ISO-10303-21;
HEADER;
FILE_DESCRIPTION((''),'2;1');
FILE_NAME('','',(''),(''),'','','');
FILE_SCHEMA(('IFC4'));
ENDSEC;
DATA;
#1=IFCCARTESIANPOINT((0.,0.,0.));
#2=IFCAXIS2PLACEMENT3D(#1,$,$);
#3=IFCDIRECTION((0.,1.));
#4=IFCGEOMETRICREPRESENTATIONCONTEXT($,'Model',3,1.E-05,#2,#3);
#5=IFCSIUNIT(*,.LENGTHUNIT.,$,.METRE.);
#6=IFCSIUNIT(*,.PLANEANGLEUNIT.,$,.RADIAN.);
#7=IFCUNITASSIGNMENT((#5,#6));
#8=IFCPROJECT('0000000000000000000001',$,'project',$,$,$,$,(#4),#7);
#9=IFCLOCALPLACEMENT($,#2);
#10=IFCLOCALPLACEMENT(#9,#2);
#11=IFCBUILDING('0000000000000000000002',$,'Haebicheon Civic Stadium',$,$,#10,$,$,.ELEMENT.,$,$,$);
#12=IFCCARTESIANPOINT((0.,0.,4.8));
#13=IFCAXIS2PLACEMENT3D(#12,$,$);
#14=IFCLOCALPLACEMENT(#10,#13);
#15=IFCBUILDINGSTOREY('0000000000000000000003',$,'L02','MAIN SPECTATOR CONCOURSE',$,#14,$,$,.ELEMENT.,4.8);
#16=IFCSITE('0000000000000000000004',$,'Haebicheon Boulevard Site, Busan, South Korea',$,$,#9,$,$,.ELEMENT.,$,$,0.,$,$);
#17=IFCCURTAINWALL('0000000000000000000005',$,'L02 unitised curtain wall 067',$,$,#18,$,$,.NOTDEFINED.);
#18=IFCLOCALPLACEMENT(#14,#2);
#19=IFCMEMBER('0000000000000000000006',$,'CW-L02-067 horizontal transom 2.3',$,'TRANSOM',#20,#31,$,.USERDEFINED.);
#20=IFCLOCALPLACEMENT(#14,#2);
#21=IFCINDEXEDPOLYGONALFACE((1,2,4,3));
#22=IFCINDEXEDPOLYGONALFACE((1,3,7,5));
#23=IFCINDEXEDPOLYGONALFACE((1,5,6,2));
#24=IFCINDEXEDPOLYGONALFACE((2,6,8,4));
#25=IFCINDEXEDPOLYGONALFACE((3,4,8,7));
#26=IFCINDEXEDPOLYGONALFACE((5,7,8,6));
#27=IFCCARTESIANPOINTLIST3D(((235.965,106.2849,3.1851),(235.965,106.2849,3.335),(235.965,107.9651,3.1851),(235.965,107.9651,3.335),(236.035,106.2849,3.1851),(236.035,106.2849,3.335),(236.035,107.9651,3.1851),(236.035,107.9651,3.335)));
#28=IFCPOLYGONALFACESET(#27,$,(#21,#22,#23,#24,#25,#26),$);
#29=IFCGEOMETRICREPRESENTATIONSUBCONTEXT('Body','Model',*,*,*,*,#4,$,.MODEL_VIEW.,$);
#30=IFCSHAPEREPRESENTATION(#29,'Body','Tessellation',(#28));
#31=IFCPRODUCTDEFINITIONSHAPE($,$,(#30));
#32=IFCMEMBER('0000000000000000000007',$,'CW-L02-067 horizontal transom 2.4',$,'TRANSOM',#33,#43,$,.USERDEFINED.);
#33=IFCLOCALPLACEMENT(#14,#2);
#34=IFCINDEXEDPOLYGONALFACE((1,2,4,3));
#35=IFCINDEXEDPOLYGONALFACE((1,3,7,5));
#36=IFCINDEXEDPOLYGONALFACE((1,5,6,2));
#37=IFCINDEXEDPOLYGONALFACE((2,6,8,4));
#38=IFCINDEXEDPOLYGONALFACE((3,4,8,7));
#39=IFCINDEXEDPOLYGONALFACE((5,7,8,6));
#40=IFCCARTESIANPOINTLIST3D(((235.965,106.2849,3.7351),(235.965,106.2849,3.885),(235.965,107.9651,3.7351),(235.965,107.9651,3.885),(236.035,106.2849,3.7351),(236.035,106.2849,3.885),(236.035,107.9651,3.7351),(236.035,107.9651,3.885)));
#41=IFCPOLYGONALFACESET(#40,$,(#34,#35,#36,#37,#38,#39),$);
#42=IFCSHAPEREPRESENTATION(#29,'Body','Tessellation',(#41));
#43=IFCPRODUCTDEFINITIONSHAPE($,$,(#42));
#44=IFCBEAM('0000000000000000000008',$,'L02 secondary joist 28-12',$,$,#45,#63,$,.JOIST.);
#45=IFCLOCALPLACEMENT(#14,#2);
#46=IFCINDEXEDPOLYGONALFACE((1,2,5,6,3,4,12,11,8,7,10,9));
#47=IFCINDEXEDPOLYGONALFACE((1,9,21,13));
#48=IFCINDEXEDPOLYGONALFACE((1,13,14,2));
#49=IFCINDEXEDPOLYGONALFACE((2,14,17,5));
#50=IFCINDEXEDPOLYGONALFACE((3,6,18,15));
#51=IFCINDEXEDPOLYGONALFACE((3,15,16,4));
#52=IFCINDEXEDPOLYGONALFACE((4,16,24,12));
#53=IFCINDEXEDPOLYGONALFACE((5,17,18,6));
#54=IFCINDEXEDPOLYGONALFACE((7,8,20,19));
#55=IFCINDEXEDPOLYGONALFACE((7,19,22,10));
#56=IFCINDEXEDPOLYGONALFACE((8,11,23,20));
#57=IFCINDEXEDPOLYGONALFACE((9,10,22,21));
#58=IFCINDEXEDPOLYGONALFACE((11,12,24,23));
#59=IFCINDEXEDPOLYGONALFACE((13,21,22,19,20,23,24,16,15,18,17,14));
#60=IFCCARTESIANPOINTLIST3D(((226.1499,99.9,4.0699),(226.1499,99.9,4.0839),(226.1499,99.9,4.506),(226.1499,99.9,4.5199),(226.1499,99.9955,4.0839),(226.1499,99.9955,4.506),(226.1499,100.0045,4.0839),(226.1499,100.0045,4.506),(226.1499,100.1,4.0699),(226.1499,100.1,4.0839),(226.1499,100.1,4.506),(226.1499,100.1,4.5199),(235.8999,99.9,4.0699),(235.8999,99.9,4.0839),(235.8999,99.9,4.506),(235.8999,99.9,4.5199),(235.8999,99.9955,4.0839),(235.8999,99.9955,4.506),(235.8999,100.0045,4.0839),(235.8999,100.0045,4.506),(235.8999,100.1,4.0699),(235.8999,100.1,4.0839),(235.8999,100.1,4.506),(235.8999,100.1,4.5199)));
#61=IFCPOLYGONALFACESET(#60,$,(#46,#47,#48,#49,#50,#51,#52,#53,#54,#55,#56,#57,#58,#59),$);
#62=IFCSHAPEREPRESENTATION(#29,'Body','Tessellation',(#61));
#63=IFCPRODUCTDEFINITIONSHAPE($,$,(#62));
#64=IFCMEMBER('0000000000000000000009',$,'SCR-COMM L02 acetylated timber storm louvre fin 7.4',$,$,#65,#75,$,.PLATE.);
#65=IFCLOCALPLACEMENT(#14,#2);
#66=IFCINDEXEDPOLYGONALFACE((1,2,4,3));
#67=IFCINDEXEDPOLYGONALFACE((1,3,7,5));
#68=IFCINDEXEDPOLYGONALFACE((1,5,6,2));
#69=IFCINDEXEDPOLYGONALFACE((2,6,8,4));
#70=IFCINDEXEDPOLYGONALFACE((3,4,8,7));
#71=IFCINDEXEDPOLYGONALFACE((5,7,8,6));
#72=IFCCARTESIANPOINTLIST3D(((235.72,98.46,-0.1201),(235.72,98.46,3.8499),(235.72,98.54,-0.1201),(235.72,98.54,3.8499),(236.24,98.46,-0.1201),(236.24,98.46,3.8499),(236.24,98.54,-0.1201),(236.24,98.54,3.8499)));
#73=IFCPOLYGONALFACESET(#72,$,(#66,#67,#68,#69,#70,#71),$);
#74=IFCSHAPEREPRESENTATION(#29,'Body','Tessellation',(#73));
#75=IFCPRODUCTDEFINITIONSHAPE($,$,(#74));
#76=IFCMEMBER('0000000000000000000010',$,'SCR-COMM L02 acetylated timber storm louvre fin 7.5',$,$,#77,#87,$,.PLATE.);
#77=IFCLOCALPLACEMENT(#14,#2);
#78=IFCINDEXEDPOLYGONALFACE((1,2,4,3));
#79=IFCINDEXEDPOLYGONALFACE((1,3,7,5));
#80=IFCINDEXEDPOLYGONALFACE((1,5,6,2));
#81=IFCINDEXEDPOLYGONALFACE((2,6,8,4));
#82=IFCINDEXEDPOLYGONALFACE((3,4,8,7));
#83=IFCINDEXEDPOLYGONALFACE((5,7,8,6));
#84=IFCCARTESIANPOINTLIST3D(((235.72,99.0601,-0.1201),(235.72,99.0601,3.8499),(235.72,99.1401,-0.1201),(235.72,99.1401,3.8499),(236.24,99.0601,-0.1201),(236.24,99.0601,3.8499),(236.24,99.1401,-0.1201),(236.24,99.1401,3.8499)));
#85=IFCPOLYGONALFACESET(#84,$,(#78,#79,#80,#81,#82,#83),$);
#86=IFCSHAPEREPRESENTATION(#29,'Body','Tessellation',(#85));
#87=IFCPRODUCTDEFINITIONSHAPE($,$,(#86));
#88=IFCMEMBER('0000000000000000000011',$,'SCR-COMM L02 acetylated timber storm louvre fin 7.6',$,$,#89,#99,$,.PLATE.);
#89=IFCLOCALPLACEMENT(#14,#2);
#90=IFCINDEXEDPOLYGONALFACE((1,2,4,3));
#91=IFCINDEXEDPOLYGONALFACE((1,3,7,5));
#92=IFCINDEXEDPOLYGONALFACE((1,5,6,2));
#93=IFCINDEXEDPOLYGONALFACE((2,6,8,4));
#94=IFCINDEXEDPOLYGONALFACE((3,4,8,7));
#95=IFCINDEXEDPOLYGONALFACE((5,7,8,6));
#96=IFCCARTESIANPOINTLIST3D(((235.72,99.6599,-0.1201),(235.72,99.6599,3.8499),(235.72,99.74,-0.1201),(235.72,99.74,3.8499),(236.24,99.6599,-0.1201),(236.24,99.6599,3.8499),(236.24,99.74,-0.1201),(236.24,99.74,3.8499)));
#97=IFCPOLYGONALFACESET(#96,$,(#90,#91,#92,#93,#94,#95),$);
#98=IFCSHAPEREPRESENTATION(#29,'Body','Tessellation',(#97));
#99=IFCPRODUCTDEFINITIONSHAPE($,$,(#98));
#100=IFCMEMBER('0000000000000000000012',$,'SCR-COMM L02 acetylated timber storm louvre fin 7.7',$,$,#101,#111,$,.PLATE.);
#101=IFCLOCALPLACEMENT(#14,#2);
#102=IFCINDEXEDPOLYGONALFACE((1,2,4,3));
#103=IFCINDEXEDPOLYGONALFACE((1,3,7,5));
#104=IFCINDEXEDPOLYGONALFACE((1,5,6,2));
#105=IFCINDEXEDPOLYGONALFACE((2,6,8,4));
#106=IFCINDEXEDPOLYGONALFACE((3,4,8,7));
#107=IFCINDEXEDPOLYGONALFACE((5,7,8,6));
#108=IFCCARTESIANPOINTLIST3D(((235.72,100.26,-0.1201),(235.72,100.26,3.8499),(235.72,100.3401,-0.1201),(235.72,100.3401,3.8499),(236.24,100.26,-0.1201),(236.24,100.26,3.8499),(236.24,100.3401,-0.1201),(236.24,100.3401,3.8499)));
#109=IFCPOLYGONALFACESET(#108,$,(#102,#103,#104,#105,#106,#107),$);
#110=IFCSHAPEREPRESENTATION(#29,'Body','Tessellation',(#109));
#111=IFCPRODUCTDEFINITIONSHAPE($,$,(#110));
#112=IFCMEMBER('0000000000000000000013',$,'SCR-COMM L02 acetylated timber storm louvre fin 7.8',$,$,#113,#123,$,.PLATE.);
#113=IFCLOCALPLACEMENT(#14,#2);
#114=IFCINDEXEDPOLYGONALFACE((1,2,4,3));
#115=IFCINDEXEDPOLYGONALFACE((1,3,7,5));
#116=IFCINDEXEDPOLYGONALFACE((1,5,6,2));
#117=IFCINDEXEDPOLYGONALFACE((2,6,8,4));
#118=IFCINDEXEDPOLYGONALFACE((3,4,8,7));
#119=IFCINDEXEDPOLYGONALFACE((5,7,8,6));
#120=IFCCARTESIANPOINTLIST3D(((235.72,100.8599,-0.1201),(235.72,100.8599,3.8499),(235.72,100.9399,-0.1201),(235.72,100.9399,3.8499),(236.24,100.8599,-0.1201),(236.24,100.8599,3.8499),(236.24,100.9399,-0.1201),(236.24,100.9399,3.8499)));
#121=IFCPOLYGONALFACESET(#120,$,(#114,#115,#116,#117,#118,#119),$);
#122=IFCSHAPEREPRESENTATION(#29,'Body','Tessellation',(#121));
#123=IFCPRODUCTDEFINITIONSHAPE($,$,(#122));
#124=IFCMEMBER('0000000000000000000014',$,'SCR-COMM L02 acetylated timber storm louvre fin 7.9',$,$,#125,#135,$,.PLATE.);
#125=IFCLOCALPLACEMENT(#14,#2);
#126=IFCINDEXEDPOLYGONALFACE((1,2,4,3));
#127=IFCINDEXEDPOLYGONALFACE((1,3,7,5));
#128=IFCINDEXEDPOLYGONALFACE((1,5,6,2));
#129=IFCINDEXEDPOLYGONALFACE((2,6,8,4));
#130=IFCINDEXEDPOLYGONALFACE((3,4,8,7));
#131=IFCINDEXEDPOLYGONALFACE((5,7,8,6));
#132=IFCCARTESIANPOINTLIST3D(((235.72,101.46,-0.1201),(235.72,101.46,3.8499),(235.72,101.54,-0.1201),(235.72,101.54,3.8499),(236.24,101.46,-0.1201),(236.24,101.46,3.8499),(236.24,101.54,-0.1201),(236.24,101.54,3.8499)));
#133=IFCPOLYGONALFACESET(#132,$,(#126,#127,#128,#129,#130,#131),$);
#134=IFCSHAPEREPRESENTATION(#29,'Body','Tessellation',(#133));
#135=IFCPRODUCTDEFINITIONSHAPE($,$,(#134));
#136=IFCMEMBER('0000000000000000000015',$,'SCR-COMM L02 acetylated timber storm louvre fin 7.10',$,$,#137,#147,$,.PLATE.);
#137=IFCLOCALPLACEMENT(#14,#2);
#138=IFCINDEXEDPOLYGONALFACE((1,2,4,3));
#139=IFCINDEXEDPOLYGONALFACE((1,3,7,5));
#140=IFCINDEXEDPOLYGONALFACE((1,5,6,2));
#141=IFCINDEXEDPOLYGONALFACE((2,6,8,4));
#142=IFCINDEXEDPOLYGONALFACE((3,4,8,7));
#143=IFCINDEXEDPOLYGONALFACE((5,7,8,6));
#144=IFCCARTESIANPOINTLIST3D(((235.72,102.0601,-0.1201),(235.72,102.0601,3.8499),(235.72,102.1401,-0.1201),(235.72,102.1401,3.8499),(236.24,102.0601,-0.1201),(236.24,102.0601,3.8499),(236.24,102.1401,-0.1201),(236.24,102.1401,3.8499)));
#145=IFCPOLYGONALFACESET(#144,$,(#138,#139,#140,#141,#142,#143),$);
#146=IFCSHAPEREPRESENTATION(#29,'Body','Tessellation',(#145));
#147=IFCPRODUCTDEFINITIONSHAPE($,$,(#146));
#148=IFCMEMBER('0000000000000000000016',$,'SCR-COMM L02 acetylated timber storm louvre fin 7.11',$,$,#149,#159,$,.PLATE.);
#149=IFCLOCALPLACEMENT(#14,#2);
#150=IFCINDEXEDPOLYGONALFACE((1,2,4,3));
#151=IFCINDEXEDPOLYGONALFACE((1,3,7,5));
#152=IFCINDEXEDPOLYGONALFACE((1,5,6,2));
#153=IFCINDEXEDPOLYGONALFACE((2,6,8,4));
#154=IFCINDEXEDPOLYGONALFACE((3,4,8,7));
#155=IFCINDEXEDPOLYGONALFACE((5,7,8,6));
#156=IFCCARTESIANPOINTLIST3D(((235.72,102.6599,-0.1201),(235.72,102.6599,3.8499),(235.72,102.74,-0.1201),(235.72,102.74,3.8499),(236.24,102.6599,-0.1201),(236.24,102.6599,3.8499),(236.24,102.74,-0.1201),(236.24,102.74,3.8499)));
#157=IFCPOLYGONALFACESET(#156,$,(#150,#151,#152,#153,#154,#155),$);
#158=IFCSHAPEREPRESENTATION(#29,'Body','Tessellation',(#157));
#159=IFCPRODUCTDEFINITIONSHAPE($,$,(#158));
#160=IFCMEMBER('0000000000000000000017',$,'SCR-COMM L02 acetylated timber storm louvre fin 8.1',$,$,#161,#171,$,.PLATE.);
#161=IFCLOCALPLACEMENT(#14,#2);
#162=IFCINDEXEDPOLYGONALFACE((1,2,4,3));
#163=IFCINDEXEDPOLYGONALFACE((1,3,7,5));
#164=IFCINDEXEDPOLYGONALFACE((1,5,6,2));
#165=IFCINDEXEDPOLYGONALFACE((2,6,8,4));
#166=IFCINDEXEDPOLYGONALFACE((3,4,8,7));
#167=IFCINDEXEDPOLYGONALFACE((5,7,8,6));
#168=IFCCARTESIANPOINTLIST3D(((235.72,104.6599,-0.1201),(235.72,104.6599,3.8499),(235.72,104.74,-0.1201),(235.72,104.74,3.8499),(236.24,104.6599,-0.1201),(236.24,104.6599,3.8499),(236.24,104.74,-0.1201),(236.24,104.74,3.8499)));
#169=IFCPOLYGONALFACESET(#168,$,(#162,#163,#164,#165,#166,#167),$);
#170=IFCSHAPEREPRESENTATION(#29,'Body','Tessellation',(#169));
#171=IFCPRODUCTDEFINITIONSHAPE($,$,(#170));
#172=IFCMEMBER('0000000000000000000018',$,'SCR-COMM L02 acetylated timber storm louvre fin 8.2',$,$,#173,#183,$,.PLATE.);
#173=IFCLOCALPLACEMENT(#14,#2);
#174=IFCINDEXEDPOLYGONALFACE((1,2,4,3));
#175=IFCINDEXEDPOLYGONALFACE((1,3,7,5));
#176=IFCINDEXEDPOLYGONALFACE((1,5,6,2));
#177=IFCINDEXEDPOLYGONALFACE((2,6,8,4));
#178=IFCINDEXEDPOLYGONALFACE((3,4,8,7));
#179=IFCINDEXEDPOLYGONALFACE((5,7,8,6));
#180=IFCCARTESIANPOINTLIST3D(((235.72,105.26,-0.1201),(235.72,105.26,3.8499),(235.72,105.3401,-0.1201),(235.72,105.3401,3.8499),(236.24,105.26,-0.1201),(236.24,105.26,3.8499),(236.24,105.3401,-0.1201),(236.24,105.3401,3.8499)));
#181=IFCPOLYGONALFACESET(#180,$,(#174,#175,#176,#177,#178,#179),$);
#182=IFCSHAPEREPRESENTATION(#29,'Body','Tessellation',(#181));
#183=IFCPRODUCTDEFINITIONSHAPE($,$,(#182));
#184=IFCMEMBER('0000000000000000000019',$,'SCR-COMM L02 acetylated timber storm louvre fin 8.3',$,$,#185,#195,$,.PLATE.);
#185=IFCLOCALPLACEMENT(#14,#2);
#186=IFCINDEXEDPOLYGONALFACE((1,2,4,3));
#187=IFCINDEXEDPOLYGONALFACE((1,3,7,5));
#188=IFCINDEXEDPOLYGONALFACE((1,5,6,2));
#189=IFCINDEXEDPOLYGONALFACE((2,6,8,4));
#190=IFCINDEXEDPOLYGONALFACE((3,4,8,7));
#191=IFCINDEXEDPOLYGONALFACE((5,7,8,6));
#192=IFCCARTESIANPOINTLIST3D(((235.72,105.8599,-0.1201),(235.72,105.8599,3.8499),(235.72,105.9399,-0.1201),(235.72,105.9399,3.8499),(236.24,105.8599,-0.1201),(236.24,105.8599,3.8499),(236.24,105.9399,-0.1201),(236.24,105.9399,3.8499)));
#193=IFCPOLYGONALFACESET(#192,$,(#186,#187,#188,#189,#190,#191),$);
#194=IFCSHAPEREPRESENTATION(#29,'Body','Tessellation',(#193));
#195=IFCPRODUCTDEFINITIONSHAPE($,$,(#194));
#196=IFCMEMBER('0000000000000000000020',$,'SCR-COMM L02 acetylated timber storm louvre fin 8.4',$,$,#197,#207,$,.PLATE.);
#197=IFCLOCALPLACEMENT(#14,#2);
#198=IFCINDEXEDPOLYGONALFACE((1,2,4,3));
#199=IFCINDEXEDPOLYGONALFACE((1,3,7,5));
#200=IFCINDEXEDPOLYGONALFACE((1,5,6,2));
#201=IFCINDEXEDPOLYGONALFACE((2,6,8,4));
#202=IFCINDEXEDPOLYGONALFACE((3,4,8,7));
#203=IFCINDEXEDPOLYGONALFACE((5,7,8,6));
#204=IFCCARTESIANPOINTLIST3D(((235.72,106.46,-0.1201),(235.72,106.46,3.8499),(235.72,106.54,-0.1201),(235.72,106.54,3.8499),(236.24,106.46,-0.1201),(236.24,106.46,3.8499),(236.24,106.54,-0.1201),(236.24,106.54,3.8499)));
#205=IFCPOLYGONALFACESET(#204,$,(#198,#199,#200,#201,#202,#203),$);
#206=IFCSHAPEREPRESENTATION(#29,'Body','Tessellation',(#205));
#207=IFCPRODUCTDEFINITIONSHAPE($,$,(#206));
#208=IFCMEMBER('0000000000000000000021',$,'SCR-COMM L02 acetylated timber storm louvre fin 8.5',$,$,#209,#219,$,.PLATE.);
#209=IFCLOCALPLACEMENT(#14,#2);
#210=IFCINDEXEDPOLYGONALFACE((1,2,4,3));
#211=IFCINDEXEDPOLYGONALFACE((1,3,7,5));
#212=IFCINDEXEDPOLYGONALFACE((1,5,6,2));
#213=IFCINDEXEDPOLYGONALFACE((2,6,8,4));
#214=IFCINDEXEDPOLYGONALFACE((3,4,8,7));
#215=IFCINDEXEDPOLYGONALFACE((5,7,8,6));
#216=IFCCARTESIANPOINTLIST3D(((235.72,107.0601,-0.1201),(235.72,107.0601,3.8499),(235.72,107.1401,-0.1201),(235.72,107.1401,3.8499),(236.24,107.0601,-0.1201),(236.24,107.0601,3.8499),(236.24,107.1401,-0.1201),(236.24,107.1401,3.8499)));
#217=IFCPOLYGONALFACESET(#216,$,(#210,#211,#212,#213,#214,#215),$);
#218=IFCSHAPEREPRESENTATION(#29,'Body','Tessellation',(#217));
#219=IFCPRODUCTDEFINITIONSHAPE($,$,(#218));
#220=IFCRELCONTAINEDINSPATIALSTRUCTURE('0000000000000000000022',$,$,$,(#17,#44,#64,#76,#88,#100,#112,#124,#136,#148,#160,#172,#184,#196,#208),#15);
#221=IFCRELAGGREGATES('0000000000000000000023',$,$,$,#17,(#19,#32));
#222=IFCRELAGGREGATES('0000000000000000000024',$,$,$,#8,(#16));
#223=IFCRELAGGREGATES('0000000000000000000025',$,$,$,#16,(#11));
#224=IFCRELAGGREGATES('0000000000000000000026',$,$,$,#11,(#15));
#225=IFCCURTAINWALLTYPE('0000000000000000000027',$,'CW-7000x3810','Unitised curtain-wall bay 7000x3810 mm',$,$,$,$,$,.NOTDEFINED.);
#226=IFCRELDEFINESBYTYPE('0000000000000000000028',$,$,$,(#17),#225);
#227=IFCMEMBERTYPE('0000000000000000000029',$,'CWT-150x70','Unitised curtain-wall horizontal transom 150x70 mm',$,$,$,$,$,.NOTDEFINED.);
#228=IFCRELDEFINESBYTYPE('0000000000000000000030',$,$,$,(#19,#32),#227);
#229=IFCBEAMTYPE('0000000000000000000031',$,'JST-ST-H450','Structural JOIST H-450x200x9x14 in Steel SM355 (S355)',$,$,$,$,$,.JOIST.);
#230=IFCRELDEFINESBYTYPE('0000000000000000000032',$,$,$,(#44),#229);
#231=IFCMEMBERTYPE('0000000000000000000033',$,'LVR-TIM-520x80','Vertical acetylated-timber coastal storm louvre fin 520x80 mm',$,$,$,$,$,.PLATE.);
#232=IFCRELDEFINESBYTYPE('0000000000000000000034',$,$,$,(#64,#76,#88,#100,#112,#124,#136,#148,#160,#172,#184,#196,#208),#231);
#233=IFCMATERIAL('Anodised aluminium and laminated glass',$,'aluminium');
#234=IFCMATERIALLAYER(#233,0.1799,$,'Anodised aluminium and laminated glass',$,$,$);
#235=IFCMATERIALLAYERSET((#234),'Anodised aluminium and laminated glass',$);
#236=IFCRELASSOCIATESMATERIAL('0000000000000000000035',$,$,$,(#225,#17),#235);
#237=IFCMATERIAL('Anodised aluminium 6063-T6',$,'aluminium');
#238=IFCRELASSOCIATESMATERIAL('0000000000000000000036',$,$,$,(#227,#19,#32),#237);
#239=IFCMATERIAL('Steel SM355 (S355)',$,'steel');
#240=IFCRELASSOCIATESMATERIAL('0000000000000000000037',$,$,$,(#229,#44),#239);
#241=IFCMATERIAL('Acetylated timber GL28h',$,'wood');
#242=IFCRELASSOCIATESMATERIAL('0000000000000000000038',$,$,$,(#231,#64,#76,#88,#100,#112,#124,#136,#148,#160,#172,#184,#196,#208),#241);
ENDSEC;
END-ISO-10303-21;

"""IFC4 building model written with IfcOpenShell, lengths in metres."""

from ifc_helpers import new_model, si_unit, direction, frame, origin, origin_2d, place, context, subcontext, project, spatial, rectangle, i_section, extrude, material, layer, layer_set, material_profile, profile_set, type_object, element, aggregate, save


model = new_model("IFC4")

# Units and contexts
model_context = context("Model", 3, precision=1e-05, world=origin(), true_north=direction((0.0, 1.0)))
body_context = subcontext(model_context, "Body", "Model", "MODEL_VIEW")
ifc_project = project(units=[si_unit("LENGTHUNIT", "METRE"), si_unit("PLANEANGLEUNIT", "RADIAN")], contexts=[model_context])

# Site, building, storey
site_placement = place(None, origin())
site = spatial("IfcSite", under=ifc_project, at=site_placement, Name="Haebicheon Boulevard Site, Busan, South Korea", CompositionType="ELEMENT", RefElevation=0.0)
building_placement = place(site_placement, origin())
building = spatial("IfcBuilding", under=site, at=building_placement, Name="Haebicheon Civic Stadium", CompositionType="ELEMENT")
storey_placement = place(building_placement, frame((0.0, 0.0, 4.8)))
storey = spatial("IfcBuildingStorey", under=building, at=storey_placement, Name="L02", Description="MAIN SPECTATOR CONCOURSE", CompositionType="ELEMENT", Elevation=4.8)

# Curtain wall, members
ifc_material_1 = material(Name="Anodised aluminium and laminated glass", Category="aluminium")
ifc_layer_1 = layer(ifc_material_1, 0.1799, Name="Anodised aluminium and laminated glass")
ifc_layer_set_1 = layer_set([ifc_layer_1], Name="Anodised aluminium and laminated glass")
curtain_wall_type = type_object("IfcCurtainWallType", Name="CW-7000x3810", Description="Unitised curtain-wall bay 7000x3810 mm", PredefinedType="NOTDEFINED", material=ifc_layer_set_1)
curtain_wall_placement = place(storey_placement, origin())
curtain_wall = element("IfcCurtainWall", 1, at=curtain_wall_placement, inside=storey, type_object=curtain_wall_type, material=ifc_layer_set_1, Name="L02 unitised curtain wall 067", PredefinedType="NOTDEFINED")
ifc_material_2 = material(Name="Anodised aluminium 6063-T6", Category="aluminium")
ifc_material_profile_1 = material_profile(ifc_material_2, rectangle(XDim=0.0701, YDim=0.1499, at=origin_2d()), Name="ALU-TRAN-70x150")
ifc_profile_set_1 = profile_set([ifc_material_profile_1], Name="Anodised aluminium 6063-T6")
member_type_1 = type_object("IfcMemberType", Name="CWT-150x70", Description="Unitised curtain-wall horizontal transom 150x70 mm", PredefinedType="NOTDEFINED", material=ifc_profile_set_1)
member_1_placement = place(storey_placement, frame((236.0, 106.2849, 3.26), z_axis=(0.0, 1.0, 0.0), x_axis=(-1.0, 0.0, 0.0)))
member_1 = element("IfcMember", 2, at=member_1_placement, type_object=member_type_1, material=ifc_profile_set_1, Name="CW-L02-067 horizontal transom 2.3", ObjectType="TRANSOM", PredefinedType="USERDEFINED", context=body_context, shape_type="SweptSolid", body=[
    extrude(rectangle(XDim=0.0701, YDim=0.1499, at=origin_2d()), origin(), (0.0, 0.0, 1.0), 1.6802),
])
member_2_placement = place(storey_placement, frame((236.0, 106.2849, 3.8101), z_axis=(0.0, 1.0, 0.0), x_axis=(-1.0, 0.0, 0.0)))
member_2 = element("IfcMember", 3, at=member_2_placement, type_object=member_type_1, material=ifc_profile_set_1, Name="CW-L02-067 horizontal transom 2.4", ObjectType="TRANSOM", PredefinedType="USERDEFINED", context=body_context, shape_type="SweptSolid", body=[
    extrude(rectangle(XDim=0.0701, YDim=0.1499, at=origin_2d()), origin(), (0.0, 0.0, 1.0), 1.6802),
])

# Beam
ifc_material_3 = material(Name="Steel SM355 (S355)", Category="steel")
ifc_material_profile_2 = material_profile(ifc_material_3, i_section(OverallWidth=0.2, OverallDepth=0.45, WebThickness=0.009, FlangeThickness=0.0139, at=origin_2d()), Name="H-450x200x9x14")
ifc_profile_set_2 = profile_set([ifc_material_profile_2], Name="Steel SM355 (S355)")
beam_type_1 = type_object("IfcBeamType", Name="JST-ST-H450", Description="Structural JOIST H-450x200x9x14 in Steel SM355 (S355)", PredefinedType="JOIST", material=ifc_profile_set_2)
beam_1_placement = place(storey_placement, frame((226.1499, 100.0, 4.2949), z_axis=(1.0, 0.0, 0.0), x_axis=(0.0, 1.0, 0.0)))
element("IfcBeam", 4, at=beam_1_placement, inside=storey, type_object=beam_type_1, material=ifc_profile_set_2, Name="L02 secondary joist 28-12", PredefinedType="JOIST", context=body_context, shape_type="SweptSolid", body=[
    extrude(i_section(OverallWidth=0.2, OverallDepth=0.45, WebThickness=0.009, FlangeThickness=0.0139, at=origin_2d()), origin(), (0.0, 0.0, 1.0), 9.75),
])

# Members
ifc_material_4 = material(Name="Acetylated timber GL28h", Category="wood")
ifc_material_profile_3 = material_profile(ifc_material_4, rectangle(XDim=0.0801, YDim=0.52, at=origin_2d()), Name="TMB-LOUV-80x520")
ifc_profile_set_3 = profile_set([ifc_material_profile_3], Name="Acetylated timber GL28h")
member_type_2 = type_object("IfcMemberType", Name="LVR-TIM-520x80", Description="Vertical acetylated-timber coastal storm louvre fin 520x80 mm", PredefinedType="PLATE", material=ifc_profile_set_3)
for number, where, z_axis, x_axis, name in (
    (5, (235.98, 98.5, -0.1201), (0.0, 0.0, 1.0), (0.0, 1.0, 0.0), "SCR-COMM L02 acetylated timber storm louvre fin 7.4"),
    (6, (235.98, 99.1001, -0.1201), (0.0, 0.0, 1.0), (0.0, 1.0, 0.0), "SCR-COMM L02 acetylated timber storm louvre fin 7.5"),
    (7, (235.98, 99.7, -0.1201), (0.0, 0.0, 1.0), (0.0, 1.0, 0.0), "SCR-COMM L02 acetylated timber storm louvre fin 7.6"),
    (8, (235.98, 100.3, -0.1201), (0.0, 0.0, 1.0), (0.0, 1.0, 0.0), "SCR-COMM L02 acetylated timber storm louvre fin 7.7"),
    (9, (235.98, 100.8999, -0.1201), (0.0, 0.0, 1.0), (0.0, 1.0, 0.0), "SCR-COMM L02 acetylated timber storm louvre fin 7.8"),
    (10, (235.98, 101.5, -0.1201), (0.0, 0.0, 1.0), (0.0, 1.0, 0.0), "SCR-COMM L02 acetylated timber storm louvre fin 7.9"),
    (11, (235.98, 102.1001, -0.1201), (0.0, 0.0, 1.0), (0.0, 1.0, 0.0), "SCR-COMM L02 acetylated timber storm louvre fin 7.10"),
    (12, (235.98, 102.7, -0.1201), (0.0, 0.0, 1.0), (0.0, 1.0, 0.0), "SCR-COMM L02 acetylated timber storm louvre fin 7.11"),
    (13, (235.98, 104.7, -0.1201), (0.0, 0.0, 1.0), (0.0, 1.0, 0.0), "SCR-COMM L02 acetylated timber storm louvre fin 8.1"),
    (14, (235.98, 105.3, -0.1201), (0.0, 0.0, 1.0), (0.0, 1.0, 0.0), "SCR-COMM L02 acetylated timber storm louvre fin 8.2"),
    (15, (235.98, 105.8999, -0.1201), (0.0, 0.0, 1.0), (0.0, 1.0, 0.0), "SCR-COMM L02 acetylated timber storm louvre fin 8.3"),
    (16, (235.98, 106.5, -0.1201), (0.0, 0.0, 1.0), (0.0, 1.0, 0.0), "SCR-COMM L02 acetylated timber storm louvre fin 8.4"),
    (17, (235.98, 107.1001, -0.1201), (0.0, 0.0, 1.0), (0.0, 1.0, 0.0), "SCR-COMM L02 acetylated timber storm louvre fin 8.5"),
):
    element("IfcMember", number, at=place(storey_placement, frame(where, z_axis=z_axis, x_axis=x_axis)), inside=storey, type_object=member_type_2, material=ifc_profile_set_3, Name=name, PredefinedType="PLATE", context=body_context, shape_type="SweptSolid", body=[
        extrude(rectangle(XDim=0.0801, YDim=0.52, at=origin_2d()), origin(), (0.0, 0.0, 1.0), 3.97),
    ])

aggregate(curtain_wall, [member_1, member_2])

save(model, "model.ifc")
